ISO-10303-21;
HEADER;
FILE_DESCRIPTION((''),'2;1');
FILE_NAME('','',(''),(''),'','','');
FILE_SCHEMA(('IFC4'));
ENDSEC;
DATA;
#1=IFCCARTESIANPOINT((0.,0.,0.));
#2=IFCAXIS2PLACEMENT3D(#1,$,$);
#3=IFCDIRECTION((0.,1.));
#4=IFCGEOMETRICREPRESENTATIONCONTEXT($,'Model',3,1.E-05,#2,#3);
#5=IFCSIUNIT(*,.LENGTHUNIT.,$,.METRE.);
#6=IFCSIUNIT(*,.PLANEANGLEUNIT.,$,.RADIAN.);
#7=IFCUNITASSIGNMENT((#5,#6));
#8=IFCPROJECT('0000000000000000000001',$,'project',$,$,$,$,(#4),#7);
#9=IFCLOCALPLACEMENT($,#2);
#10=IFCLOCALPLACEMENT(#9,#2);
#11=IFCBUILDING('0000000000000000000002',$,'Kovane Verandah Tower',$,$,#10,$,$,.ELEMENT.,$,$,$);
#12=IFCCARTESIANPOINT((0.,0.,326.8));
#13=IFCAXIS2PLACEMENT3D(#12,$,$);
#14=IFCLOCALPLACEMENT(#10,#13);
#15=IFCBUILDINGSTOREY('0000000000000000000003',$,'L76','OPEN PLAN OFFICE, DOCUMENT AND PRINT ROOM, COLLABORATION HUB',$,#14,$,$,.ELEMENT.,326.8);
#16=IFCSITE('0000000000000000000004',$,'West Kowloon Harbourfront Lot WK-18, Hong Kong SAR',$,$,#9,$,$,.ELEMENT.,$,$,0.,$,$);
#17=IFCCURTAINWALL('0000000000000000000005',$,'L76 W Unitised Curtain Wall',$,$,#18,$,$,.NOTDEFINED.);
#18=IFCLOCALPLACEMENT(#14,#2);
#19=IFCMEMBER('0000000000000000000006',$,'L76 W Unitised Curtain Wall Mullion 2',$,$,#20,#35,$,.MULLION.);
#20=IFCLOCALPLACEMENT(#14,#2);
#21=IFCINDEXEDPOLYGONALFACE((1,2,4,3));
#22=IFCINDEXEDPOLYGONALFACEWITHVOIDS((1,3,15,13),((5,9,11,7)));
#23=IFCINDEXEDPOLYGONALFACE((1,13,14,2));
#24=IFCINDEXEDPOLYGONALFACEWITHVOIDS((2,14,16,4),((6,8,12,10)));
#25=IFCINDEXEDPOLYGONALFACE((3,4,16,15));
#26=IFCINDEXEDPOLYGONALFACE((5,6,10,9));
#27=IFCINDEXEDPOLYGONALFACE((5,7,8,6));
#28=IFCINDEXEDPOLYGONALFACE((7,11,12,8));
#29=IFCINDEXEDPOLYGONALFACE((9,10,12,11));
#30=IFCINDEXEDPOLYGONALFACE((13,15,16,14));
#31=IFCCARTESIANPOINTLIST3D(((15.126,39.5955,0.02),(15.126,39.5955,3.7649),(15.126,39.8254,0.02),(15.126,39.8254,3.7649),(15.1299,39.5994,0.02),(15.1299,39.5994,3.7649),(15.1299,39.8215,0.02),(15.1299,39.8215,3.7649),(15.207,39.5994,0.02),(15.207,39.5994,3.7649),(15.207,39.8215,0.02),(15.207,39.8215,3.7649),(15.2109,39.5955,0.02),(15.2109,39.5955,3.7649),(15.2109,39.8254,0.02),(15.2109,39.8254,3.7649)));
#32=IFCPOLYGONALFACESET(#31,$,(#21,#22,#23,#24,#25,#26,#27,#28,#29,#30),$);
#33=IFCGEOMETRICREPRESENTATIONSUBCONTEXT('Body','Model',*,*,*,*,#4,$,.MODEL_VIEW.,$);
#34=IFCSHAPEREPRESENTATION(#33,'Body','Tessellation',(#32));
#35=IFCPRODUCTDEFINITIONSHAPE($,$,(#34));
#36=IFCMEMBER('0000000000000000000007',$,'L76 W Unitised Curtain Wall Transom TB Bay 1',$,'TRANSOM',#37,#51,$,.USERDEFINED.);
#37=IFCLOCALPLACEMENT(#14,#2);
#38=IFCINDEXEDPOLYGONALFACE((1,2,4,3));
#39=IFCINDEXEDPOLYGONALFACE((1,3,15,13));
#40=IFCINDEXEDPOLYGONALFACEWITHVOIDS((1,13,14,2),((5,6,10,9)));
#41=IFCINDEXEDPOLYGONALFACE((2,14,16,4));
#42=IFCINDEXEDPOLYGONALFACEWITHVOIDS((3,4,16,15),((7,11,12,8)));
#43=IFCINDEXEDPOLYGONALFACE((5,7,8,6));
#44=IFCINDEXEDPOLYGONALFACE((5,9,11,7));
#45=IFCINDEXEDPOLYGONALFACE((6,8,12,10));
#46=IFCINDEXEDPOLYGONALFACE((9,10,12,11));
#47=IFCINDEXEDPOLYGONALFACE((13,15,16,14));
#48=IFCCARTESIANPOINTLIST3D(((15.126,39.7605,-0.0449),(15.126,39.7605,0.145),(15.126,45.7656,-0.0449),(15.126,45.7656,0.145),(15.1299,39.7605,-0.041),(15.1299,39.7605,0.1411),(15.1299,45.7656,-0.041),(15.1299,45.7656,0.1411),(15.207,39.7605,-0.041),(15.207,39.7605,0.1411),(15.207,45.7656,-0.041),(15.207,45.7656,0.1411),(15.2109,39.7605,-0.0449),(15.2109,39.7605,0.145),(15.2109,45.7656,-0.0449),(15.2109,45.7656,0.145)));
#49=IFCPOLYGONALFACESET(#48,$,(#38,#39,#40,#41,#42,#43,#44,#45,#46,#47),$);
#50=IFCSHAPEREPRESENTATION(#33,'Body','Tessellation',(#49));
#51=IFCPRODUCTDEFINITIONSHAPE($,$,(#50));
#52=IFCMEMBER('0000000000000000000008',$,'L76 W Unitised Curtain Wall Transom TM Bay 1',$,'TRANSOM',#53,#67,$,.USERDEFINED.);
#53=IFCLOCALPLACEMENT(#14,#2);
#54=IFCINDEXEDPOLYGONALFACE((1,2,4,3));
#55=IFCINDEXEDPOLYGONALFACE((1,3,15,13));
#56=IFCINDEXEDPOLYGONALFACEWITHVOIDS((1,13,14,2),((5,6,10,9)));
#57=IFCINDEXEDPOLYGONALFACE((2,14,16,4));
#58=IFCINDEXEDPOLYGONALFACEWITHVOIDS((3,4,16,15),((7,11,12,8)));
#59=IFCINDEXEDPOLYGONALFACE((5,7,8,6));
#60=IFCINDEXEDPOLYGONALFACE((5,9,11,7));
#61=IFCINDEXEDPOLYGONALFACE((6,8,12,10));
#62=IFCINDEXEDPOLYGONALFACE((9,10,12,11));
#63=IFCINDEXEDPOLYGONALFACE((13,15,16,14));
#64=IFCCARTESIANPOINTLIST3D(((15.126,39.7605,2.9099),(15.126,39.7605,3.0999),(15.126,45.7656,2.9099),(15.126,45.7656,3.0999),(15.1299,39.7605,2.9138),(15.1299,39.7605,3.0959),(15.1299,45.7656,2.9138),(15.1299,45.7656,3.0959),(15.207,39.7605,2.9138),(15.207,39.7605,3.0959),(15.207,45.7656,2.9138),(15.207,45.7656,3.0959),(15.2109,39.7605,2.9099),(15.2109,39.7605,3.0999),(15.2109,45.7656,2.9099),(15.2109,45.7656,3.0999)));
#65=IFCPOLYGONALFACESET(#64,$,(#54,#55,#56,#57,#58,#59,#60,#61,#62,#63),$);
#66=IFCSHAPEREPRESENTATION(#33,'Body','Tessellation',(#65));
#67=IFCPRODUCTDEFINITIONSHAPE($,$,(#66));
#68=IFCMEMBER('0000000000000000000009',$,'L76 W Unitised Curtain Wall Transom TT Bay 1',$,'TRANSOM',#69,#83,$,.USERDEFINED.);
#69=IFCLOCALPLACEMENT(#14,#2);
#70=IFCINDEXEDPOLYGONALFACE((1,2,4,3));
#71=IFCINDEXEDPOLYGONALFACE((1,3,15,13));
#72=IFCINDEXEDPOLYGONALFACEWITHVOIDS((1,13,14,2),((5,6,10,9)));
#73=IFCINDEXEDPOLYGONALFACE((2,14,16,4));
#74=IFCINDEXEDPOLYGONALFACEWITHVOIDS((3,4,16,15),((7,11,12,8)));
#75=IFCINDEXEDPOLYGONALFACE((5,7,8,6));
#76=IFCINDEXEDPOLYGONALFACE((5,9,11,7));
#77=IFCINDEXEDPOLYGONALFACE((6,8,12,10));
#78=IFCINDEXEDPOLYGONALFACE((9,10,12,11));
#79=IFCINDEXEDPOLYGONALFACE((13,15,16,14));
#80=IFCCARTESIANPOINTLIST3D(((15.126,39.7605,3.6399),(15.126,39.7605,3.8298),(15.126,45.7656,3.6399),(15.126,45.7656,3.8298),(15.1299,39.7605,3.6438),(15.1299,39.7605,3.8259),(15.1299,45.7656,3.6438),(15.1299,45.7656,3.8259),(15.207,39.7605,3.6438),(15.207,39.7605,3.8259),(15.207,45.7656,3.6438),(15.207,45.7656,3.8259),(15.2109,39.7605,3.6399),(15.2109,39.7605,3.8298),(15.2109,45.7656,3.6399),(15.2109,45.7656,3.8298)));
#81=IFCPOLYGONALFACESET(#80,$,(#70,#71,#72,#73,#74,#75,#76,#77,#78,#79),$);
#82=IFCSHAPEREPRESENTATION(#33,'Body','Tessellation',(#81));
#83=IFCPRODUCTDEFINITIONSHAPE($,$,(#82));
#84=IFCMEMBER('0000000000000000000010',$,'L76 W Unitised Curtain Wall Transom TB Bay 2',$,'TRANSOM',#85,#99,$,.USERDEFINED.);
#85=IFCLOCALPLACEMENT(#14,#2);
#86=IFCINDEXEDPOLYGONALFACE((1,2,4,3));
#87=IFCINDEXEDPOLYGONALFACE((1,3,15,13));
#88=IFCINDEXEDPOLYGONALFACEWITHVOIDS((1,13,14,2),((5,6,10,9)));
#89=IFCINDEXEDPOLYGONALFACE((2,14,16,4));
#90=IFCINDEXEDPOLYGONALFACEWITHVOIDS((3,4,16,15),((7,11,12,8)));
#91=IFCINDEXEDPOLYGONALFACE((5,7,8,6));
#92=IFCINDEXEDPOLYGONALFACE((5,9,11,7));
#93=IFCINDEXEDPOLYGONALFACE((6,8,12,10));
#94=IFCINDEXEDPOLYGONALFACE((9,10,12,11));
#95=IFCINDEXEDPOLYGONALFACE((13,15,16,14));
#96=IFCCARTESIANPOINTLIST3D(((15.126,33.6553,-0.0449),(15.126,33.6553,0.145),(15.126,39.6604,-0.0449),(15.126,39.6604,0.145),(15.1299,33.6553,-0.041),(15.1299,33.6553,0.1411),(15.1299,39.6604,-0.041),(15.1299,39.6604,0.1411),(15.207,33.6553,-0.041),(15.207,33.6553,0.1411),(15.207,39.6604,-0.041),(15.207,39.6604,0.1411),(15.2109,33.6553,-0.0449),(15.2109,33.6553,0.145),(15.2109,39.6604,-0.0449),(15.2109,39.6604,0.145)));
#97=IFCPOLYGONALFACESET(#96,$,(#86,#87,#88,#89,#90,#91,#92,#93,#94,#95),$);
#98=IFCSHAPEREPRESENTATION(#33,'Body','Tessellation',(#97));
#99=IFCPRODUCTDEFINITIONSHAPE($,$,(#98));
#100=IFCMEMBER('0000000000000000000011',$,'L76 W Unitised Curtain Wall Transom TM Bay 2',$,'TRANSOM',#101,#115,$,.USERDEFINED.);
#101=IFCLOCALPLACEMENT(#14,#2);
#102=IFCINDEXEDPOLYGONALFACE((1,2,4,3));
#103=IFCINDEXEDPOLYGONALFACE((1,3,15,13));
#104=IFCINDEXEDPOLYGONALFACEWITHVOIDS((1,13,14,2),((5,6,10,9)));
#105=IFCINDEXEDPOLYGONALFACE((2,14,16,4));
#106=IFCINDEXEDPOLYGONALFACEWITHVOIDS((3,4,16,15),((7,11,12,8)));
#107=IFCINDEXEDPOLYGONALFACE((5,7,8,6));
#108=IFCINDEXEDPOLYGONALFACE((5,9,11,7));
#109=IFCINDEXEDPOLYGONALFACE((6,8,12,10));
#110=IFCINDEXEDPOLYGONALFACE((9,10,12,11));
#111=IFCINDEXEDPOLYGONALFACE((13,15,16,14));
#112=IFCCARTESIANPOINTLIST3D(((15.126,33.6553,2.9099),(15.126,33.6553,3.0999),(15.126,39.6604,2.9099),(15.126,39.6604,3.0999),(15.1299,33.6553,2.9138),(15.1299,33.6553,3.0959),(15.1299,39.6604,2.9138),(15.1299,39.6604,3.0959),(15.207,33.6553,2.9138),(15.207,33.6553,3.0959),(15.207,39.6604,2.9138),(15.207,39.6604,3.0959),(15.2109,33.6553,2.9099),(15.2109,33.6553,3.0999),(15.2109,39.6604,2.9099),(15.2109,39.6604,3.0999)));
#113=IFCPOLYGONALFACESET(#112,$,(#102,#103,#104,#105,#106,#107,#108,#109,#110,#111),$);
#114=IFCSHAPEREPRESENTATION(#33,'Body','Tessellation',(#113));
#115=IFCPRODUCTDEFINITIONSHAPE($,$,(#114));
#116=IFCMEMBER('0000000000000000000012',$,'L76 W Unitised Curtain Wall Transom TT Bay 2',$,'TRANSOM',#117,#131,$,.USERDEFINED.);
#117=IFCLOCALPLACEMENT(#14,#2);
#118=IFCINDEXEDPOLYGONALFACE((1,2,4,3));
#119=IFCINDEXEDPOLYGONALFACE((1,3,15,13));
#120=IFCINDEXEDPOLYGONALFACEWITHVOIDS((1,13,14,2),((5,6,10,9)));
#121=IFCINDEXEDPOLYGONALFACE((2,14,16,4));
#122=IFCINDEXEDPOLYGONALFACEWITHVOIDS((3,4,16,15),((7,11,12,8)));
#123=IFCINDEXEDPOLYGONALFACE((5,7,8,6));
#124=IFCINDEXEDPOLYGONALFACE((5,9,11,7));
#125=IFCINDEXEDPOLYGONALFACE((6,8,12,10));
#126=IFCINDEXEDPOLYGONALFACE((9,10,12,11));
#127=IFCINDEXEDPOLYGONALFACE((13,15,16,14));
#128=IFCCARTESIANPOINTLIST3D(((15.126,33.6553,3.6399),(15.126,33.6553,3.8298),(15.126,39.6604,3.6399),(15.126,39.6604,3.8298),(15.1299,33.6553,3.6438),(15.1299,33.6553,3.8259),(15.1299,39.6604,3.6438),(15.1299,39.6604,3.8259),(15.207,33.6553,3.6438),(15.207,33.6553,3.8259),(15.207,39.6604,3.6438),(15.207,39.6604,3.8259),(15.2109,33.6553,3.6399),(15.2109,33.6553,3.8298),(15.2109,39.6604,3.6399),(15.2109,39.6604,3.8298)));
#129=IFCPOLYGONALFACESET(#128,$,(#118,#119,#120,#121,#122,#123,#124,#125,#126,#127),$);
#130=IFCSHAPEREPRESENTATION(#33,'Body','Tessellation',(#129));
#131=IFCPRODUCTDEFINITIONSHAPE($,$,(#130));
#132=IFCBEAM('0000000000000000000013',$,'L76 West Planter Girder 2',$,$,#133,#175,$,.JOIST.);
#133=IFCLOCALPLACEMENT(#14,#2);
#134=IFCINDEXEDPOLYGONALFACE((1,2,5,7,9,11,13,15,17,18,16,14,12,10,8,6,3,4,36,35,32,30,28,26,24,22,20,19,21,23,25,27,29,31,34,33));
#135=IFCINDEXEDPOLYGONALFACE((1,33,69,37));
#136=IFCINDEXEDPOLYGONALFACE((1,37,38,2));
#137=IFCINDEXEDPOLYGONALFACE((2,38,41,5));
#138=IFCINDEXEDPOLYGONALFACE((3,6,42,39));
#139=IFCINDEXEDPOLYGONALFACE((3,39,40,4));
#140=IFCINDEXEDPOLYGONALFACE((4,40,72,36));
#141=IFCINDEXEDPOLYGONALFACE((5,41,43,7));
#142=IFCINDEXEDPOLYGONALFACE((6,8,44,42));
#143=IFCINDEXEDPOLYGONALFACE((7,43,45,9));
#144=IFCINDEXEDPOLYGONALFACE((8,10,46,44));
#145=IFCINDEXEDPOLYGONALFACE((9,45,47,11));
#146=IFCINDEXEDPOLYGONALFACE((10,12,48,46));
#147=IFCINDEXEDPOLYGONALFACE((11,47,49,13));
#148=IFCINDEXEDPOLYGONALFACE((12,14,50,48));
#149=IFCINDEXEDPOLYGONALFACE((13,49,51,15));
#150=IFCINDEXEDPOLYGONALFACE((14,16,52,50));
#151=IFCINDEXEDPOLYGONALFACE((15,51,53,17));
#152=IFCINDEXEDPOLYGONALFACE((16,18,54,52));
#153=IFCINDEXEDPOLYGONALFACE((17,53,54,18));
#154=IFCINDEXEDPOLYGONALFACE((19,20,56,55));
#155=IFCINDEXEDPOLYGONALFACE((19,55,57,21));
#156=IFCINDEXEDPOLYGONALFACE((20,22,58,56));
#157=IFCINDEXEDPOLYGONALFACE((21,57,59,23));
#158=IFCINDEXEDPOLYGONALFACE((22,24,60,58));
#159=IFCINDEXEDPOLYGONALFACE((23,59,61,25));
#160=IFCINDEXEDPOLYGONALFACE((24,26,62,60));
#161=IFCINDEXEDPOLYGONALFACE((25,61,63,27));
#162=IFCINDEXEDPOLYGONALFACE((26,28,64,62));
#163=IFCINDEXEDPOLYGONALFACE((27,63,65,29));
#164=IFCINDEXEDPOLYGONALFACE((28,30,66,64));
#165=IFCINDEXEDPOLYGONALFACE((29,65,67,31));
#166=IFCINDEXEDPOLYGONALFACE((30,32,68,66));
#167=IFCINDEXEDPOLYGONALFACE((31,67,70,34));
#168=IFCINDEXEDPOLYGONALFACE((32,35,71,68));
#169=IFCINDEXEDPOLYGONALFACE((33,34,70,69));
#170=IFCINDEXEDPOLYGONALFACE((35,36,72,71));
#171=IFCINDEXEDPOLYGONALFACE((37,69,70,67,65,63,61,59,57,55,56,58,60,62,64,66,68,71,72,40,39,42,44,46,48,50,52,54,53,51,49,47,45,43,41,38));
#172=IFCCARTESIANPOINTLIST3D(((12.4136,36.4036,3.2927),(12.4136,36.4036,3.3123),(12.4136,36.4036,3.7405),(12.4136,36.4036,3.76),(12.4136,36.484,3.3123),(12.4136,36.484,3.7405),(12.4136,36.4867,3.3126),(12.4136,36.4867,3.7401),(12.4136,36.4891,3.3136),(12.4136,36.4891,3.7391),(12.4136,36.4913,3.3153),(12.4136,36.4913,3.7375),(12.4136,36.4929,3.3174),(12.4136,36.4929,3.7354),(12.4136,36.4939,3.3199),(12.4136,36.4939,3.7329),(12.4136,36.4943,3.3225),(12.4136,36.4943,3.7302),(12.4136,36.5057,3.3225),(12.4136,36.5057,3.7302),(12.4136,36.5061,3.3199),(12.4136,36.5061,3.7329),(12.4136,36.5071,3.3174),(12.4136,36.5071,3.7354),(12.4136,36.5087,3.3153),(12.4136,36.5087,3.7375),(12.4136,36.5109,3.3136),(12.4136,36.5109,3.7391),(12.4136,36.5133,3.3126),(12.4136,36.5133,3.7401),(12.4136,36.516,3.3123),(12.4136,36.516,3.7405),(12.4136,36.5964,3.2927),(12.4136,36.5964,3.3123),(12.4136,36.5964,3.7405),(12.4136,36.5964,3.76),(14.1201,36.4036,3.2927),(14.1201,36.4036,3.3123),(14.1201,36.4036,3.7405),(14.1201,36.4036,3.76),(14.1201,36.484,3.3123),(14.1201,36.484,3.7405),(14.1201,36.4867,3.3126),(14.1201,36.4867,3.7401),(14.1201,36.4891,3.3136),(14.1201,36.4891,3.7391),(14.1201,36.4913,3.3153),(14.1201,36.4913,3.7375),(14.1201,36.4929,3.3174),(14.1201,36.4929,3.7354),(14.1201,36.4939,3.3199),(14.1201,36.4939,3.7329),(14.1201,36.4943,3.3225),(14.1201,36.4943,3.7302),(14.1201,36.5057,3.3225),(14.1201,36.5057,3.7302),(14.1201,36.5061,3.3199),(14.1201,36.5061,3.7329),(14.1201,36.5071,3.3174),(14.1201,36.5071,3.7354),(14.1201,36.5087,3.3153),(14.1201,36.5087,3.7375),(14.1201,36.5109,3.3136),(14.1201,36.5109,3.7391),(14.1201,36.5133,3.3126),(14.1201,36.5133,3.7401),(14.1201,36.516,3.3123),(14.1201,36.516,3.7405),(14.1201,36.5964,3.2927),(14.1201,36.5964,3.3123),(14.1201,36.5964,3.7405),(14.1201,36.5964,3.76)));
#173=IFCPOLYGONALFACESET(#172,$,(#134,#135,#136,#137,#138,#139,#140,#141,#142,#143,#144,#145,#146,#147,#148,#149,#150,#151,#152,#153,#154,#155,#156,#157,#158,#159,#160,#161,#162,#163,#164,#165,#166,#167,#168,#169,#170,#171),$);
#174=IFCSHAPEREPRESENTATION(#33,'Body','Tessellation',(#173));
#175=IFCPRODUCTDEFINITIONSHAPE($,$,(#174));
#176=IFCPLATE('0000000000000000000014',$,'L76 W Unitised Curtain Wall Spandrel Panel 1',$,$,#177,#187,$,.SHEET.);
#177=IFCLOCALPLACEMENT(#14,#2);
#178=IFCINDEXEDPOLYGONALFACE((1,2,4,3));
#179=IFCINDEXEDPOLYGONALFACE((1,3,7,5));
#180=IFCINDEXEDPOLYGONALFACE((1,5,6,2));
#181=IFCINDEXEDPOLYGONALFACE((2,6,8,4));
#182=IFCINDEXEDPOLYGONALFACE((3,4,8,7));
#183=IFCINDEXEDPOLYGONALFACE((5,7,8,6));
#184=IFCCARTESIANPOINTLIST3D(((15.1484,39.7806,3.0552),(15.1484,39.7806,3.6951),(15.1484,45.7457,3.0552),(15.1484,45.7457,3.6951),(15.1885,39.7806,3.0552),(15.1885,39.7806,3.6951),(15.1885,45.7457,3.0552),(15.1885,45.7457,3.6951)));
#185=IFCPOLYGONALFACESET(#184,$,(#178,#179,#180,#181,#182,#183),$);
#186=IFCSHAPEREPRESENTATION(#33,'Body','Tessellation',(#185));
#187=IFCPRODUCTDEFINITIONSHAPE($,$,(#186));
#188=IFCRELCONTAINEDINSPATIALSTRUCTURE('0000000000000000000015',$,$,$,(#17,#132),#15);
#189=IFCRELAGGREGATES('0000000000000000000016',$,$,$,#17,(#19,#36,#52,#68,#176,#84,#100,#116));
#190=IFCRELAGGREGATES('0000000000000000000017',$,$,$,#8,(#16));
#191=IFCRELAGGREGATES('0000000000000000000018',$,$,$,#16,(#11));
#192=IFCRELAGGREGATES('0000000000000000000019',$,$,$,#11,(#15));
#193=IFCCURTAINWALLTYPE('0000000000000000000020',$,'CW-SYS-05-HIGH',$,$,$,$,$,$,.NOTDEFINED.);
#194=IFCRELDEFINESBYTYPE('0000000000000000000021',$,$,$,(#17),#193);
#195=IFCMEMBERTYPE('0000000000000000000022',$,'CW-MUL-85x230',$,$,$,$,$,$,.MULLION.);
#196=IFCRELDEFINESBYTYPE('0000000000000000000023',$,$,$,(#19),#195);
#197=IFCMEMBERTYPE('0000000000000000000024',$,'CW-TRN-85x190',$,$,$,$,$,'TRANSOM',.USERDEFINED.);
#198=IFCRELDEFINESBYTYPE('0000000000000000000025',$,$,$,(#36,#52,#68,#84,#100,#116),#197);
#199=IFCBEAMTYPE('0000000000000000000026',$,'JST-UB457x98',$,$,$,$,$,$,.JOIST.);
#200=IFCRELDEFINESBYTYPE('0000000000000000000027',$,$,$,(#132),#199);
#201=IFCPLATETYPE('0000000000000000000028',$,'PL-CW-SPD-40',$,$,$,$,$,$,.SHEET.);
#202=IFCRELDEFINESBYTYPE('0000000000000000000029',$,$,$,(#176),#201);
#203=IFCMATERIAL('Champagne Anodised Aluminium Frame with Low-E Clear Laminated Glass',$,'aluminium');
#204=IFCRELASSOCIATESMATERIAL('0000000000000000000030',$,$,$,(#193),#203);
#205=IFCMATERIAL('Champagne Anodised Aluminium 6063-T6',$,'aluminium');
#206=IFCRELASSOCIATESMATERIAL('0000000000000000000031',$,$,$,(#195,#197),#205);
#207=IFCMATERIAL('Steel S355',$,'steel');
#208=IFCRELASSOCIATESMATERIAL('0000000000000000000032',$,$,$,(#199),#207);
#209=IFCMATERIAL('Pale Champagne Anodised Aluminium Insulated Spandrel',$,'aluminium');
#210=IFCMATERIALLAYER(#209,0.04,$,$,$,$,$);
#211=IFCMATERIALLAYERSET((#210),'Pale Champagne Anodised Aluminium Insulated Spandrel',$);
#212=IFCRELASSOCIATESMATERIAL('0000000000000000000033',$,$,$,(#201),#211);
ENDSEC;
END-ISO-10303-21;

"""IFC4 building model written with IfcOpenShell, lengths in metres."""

from ifc_helpers import new_model, si_unit, direction, frame, origin, origin_2d, place, context, subcontext, project, spatial, rectangle, hollow_rectangle, i_section, extrude, material, layer, layer_set, material_profile, profile_set, type_object, element, aggregate, save


model = new_model("IFC4")

# Units and contexts
model_context = context("Model", 3, precision=1e-05, world=origin(), true_north=direction((0.0, 1.0)))
body_context = subcontext(model_context, "Body", "Model", "MODEL_VIEW")
ifc_project = project(units=[si_unit("LENGTHUNIT", "METRE"), si_unit("PLANEANGLEUNIT", "RADIAN")], contexts=[model_context])

# Site, building, storey
site_placement = place(None, origin())
site = spatial("IfcSite", under=ifc_project, at=site_placement, Name="West Kowloon Harbourfront Lot WK-18, Hong Kong SAR", CompositionType="ELEMENT", RefElevation=0.0)
building_placement = place(site_placement, origin())
building = spatial("IfcBuilding", under=site, at=building_placement, Name="Kovane Verandah Tower", CompositionType="ELEMENT")
storey_placement = place(building_placement, frame((0.0, 0.0, 326.8)))
storey = spatial("IfcBuildingStorey", under=building, at=storey_placement, Name="L76", Description="OPEN PLAN OFFICE, DOCUMENT AND PRINT ROOM, COLLABORATION HUB", CompositionType="ELEMENT", Elevation=326.8)

# Shared definitions
ifc_material_1 = material(Name="Steel S355", Category="steel")

# Curtain wall, members
ifc_material_2 = material(Name="Champagne Anodised Aluminium Frame with Low-E Clear Laminated Glass", Category="aluminium")
curtain_wall_type = type_object("IfcCurtainWallType", Name="CW-SYS-05-HIGH", PredefinedType="NOTDEFINED", material=ifc_material_2)
curtain_wall_placement = place(storey_placement, origin())
curtain_wall = element("IfcCurtainWall", 1, at=curtain_wall_placement, inside=storey, type_object=curtain_wall_type, Name="L76 W Unitised Curtain Wall", PredefinedType="NOTDEFINED")
ifc_material_3 = material(Name="Champagne Anodised Aluminium 6063-T6", Category="aluminium")
ifc_material_profile_1 = material_profile(ifc_material_3, hollow_rectangle(XDim=0.085, YDim=0.23, WallThickness=0.0039, at=origin_2d()), Name="AL85x230x4")
ifc_profile_set_1 = profile_set([ifc_material_profile_1], Name="Champagne Anodised Aluminium 6063-T6")
member_type_1 = type_object("IfcMemberType", Name="CW-MUL-85x230", PredefinedType="MULLION", material=ifc_profile_set_1)
member_1_placement = place(storey_placement, frame((15.1685, 39.7104, 0.02), z_axis=(0.0, 0.0, 1.0), x_axis=(-1.0, 0.0, 0.0)))
member_1 = element("IfcMember", 2, at=member_1_placement, type_object=member_type_1, Name="L76 W Unitised Curtain Wall Mullion 2", PredefinedType="MULLION", context=body_context, shape_type="SweptSolid", body=[
    extrude(hollow_rectangle(XDim=0.085, YDim=0.23, WallThickness=0.0039, at=origin_2d()), origin(), (0.0, 0.0, 1.0), 3.7449),
])
ifc_material_profile_2 = material_profile(ifc_material_3, hollow_rectangle(XDim=0.085, YDim=0.1899, WallThickness=0.0039, at=origin_2d()), Name="AL85x190x4")
ifc_profile_set_2 = profile_set([ifc_material_profile_2], Name="Champagne Anodised Aluminium 6063-T6")
member_type_2 = type_object("IfcMemberType", Name="CW-TRN-85x190", ElementType="TRANSOM", PredefinedType="USERDEFINED", material=ifc_profile_set_2)
member_2_placement = place(storey_placement, frame((15.1685, 45.7656, 0.05), z_axis=(0.0, -1.0, 0.0), x_axis=(1.0, 0.0, 0.0)))
member_2 = element("IfcMember", 3, at=member_2_placement, type_object=member_type_2, Name="L76 W Unitised Curtain Wall Transom TB Bay 1", ObjectType="TRANSOM", PredefinedType="USERDEFINED", context=body_context, shape_type="SweptSolid", body=[
    extrude(hollow_rectangle(XDim=0.085, YDim=0.1899, WallThickness=0.0039, at=origin_2d()), origin(), (0.0, 0.0, 1.0), 6.0051),
])
member_3_placement = place(storey_placement, frame((15.1685, 45.7656, 3.0049), z_axis=(0.0, -1.0, 0.0), x_axis=(1.0, 0.0, 0.0)))
member_3 = element("IfcMember", 4, at=member_3_placement, type_object=member_type_2, Name="L76 W Unitised Curtain Wall Transom TM Bay 1", ObjectType="TRANSOM", PredefinedType="USERDEFINED", context=body_context, shape_type="SweptSolid", body=[
    extrude(hollow_rectangle(XDim=0.085, YDim=0.1899, WallThickness=0.0039, at=origin_2d()), origin(), (0.0, 0.0, 1.0), 6.0051),
])
member_4_placement = place(storey_placement, frame((15.1685, 45.7656, 3.7349), z_axis=(0.0, -1.0, 0.0), x_axis=(1.0, 0.0, 0.0)))
member_4 = element("IfcMember", 5, at=member_4_placement, type_object=member_type_2, Name="L76 W Unitised Curtain Wall Transom TT Bay 1", ObjectType="TRANSOM", PredefinedType="USERDEFINED", context=body_context, shape_type="SweptSolid", body=[
    extrude(hollow_rectangle(XDim=0.085, YDim=0.1899, WallThickness=0.0039, at=origin_2d()), origin(), (0.0, 0.0, 1.0), 6.0051),
])
member_5_placement = place(storey_placement, frame((15.1685, 39.6604, 0.05), z_axis=(0.0, -1.0, 0.0), x_axis=(1.0, 0.0, 0.0)))
member_5 = element("IfcMember", 6, at=member_5_placement, type_object=member_type_2, Name="L76 W Unitised Curtain Wall Transom TB Bay 2", ObjectType="TRANSOM", PredefinedType="USERDEFINED", context=body_context, shape_type="SweptSolid", body=[
    extrude(hollow_rectangle(XDim=0.085, YDim=0.1899, WallThickness=0.0039, at=origin_2d()), origin(), (0.0, 0.0, 1.0), 6.0051),
])
member_6_placement = place(storey_placement, frame((15.1685, 39.6604, 3.0049), z_axis=(0.0, -1.0, 0.0), x_axis=(1.0, 0.0, 0.0)))
member_6 = element("IfcMember", 7, at=member_6_placement, type_object=member_type_2, Name="L76 W Unitised Curtain Wall Transom TM Bay 2", ObjectType="TRANSOM", PredefinedType="USERDEFINED", context=body_context, shape_type="SweptSolid", body=[
    extrude(hollow_rectangle(XDim=0.085, YDim=0.1899, WallThickness=0.0039, at=origin_2d()), origin(), (0.0, 0.0, 1.0), 6.0051),
])
member_7_placement = place(storey_placement, frame((15.1685, 39.6604, 3.7349), z_axis=(0.0, -1.0, 0.0), x_axis=(1.0, 0.0, 0.0)))
member_7 = element("IfcMember", 8, at=member_7_placement, type_object=member_type_2, Name="L76 W Unitised Curtain Wall Transom TT Bay 2", ObjectType="TRANSOM", PredefinedType="USERDEFINED", context=body_context, shape_type="SweptSolid", body=[
    extrude(hollow_rectangle(XDim=0.085, YDim=0.1899, WallThickness=0.0039, at=origin_2d()), origin(), (0.0, 0.0, 1.0), 6.0051),
])

# Beam
ifc_material_profile_3 = material_profile(ifc_material_1, i_section(OverallWidth=0.1929, OverallDepth=0.4673, WebThickness=0.0115, FlangeThickness=0.0195, FilletRadius=0.0103, at=origin_2d()), Name="UB457x191x98")
ifc_profile_set_3 = profile_set([ifc_material_profile_3], Name="Steel S355")
beam_type_1 = type_object("IfcBeamType", Name="JST-UB457x98", PredefinedType="JOIST", material=ifc_profile_set_3)
beam_1_placement = place(storey_placement, frame((14.1201, 36.5, 3.5264), z_axis=(-1.0, 0.0, 0.0), x_axis=(0.0, -1.0, 0.0)))
element("IfcBeam", 9, at=beam_1_placement, inside=storey, type_object=beam_type_1, Name="L76 West Planter Girder 2", PredefinedType="JOIST", context=body_context, shape_type="SweptSolid", body=[
    extrude(i_section(OverallWidth=0.1929, OverallDepth=0.4673, WebThickness=0.0115, FlangeThickness=0.0195, FilletRadius=0.0103, at=origin_2d()), origin(), (0.0, 0.0, 1.0), 1.7065),
])

# Plate
ifc_material_4 = material(Name="Pale Champagne Anodised Aluminium Insulated Spandrel", Category="aluminium")
ifc_layer_1 = layer(ifc_material_4, 0.04)
ifc_layer_set_1 = layer_set([ifc_layer_1], Name="Pale Champagne Anodised Aluminium Insulated Spandrel")
plate_type_1 = type_object("IfcPlateType", Name="PL-CW-SPD-40", PredefinedType="SHEET", material=ifc_layer_set_1)
plate_1_placement = place(storey_placement, frame((15.1685, 42.7632, 3.0552), z_axis=(0.0, 0.0, 1.0), x_axis=(0.0, -1.0, 0.0)))
plate_1 = element("IfcPlate", 10, at=plate_1_placement, type_object=plate_type_1, Name="L76 W Unitised Curtain Wall Spandrel Panel 1", PredefinedType="SHEET", context=body_context, shape_type="SweptSolid", body=[
    extrude(rectangle(XDim=5.9651, YDim=0.04, at=origin_2d()), origin(), (0.0, 0.0, 1.0), 0.6399),
])
aggregate(curtain_wall, [member_1, member_2, member_3, member_4, plate_1, member_5, member_6, member_7])

save(model, "model.ifc")
